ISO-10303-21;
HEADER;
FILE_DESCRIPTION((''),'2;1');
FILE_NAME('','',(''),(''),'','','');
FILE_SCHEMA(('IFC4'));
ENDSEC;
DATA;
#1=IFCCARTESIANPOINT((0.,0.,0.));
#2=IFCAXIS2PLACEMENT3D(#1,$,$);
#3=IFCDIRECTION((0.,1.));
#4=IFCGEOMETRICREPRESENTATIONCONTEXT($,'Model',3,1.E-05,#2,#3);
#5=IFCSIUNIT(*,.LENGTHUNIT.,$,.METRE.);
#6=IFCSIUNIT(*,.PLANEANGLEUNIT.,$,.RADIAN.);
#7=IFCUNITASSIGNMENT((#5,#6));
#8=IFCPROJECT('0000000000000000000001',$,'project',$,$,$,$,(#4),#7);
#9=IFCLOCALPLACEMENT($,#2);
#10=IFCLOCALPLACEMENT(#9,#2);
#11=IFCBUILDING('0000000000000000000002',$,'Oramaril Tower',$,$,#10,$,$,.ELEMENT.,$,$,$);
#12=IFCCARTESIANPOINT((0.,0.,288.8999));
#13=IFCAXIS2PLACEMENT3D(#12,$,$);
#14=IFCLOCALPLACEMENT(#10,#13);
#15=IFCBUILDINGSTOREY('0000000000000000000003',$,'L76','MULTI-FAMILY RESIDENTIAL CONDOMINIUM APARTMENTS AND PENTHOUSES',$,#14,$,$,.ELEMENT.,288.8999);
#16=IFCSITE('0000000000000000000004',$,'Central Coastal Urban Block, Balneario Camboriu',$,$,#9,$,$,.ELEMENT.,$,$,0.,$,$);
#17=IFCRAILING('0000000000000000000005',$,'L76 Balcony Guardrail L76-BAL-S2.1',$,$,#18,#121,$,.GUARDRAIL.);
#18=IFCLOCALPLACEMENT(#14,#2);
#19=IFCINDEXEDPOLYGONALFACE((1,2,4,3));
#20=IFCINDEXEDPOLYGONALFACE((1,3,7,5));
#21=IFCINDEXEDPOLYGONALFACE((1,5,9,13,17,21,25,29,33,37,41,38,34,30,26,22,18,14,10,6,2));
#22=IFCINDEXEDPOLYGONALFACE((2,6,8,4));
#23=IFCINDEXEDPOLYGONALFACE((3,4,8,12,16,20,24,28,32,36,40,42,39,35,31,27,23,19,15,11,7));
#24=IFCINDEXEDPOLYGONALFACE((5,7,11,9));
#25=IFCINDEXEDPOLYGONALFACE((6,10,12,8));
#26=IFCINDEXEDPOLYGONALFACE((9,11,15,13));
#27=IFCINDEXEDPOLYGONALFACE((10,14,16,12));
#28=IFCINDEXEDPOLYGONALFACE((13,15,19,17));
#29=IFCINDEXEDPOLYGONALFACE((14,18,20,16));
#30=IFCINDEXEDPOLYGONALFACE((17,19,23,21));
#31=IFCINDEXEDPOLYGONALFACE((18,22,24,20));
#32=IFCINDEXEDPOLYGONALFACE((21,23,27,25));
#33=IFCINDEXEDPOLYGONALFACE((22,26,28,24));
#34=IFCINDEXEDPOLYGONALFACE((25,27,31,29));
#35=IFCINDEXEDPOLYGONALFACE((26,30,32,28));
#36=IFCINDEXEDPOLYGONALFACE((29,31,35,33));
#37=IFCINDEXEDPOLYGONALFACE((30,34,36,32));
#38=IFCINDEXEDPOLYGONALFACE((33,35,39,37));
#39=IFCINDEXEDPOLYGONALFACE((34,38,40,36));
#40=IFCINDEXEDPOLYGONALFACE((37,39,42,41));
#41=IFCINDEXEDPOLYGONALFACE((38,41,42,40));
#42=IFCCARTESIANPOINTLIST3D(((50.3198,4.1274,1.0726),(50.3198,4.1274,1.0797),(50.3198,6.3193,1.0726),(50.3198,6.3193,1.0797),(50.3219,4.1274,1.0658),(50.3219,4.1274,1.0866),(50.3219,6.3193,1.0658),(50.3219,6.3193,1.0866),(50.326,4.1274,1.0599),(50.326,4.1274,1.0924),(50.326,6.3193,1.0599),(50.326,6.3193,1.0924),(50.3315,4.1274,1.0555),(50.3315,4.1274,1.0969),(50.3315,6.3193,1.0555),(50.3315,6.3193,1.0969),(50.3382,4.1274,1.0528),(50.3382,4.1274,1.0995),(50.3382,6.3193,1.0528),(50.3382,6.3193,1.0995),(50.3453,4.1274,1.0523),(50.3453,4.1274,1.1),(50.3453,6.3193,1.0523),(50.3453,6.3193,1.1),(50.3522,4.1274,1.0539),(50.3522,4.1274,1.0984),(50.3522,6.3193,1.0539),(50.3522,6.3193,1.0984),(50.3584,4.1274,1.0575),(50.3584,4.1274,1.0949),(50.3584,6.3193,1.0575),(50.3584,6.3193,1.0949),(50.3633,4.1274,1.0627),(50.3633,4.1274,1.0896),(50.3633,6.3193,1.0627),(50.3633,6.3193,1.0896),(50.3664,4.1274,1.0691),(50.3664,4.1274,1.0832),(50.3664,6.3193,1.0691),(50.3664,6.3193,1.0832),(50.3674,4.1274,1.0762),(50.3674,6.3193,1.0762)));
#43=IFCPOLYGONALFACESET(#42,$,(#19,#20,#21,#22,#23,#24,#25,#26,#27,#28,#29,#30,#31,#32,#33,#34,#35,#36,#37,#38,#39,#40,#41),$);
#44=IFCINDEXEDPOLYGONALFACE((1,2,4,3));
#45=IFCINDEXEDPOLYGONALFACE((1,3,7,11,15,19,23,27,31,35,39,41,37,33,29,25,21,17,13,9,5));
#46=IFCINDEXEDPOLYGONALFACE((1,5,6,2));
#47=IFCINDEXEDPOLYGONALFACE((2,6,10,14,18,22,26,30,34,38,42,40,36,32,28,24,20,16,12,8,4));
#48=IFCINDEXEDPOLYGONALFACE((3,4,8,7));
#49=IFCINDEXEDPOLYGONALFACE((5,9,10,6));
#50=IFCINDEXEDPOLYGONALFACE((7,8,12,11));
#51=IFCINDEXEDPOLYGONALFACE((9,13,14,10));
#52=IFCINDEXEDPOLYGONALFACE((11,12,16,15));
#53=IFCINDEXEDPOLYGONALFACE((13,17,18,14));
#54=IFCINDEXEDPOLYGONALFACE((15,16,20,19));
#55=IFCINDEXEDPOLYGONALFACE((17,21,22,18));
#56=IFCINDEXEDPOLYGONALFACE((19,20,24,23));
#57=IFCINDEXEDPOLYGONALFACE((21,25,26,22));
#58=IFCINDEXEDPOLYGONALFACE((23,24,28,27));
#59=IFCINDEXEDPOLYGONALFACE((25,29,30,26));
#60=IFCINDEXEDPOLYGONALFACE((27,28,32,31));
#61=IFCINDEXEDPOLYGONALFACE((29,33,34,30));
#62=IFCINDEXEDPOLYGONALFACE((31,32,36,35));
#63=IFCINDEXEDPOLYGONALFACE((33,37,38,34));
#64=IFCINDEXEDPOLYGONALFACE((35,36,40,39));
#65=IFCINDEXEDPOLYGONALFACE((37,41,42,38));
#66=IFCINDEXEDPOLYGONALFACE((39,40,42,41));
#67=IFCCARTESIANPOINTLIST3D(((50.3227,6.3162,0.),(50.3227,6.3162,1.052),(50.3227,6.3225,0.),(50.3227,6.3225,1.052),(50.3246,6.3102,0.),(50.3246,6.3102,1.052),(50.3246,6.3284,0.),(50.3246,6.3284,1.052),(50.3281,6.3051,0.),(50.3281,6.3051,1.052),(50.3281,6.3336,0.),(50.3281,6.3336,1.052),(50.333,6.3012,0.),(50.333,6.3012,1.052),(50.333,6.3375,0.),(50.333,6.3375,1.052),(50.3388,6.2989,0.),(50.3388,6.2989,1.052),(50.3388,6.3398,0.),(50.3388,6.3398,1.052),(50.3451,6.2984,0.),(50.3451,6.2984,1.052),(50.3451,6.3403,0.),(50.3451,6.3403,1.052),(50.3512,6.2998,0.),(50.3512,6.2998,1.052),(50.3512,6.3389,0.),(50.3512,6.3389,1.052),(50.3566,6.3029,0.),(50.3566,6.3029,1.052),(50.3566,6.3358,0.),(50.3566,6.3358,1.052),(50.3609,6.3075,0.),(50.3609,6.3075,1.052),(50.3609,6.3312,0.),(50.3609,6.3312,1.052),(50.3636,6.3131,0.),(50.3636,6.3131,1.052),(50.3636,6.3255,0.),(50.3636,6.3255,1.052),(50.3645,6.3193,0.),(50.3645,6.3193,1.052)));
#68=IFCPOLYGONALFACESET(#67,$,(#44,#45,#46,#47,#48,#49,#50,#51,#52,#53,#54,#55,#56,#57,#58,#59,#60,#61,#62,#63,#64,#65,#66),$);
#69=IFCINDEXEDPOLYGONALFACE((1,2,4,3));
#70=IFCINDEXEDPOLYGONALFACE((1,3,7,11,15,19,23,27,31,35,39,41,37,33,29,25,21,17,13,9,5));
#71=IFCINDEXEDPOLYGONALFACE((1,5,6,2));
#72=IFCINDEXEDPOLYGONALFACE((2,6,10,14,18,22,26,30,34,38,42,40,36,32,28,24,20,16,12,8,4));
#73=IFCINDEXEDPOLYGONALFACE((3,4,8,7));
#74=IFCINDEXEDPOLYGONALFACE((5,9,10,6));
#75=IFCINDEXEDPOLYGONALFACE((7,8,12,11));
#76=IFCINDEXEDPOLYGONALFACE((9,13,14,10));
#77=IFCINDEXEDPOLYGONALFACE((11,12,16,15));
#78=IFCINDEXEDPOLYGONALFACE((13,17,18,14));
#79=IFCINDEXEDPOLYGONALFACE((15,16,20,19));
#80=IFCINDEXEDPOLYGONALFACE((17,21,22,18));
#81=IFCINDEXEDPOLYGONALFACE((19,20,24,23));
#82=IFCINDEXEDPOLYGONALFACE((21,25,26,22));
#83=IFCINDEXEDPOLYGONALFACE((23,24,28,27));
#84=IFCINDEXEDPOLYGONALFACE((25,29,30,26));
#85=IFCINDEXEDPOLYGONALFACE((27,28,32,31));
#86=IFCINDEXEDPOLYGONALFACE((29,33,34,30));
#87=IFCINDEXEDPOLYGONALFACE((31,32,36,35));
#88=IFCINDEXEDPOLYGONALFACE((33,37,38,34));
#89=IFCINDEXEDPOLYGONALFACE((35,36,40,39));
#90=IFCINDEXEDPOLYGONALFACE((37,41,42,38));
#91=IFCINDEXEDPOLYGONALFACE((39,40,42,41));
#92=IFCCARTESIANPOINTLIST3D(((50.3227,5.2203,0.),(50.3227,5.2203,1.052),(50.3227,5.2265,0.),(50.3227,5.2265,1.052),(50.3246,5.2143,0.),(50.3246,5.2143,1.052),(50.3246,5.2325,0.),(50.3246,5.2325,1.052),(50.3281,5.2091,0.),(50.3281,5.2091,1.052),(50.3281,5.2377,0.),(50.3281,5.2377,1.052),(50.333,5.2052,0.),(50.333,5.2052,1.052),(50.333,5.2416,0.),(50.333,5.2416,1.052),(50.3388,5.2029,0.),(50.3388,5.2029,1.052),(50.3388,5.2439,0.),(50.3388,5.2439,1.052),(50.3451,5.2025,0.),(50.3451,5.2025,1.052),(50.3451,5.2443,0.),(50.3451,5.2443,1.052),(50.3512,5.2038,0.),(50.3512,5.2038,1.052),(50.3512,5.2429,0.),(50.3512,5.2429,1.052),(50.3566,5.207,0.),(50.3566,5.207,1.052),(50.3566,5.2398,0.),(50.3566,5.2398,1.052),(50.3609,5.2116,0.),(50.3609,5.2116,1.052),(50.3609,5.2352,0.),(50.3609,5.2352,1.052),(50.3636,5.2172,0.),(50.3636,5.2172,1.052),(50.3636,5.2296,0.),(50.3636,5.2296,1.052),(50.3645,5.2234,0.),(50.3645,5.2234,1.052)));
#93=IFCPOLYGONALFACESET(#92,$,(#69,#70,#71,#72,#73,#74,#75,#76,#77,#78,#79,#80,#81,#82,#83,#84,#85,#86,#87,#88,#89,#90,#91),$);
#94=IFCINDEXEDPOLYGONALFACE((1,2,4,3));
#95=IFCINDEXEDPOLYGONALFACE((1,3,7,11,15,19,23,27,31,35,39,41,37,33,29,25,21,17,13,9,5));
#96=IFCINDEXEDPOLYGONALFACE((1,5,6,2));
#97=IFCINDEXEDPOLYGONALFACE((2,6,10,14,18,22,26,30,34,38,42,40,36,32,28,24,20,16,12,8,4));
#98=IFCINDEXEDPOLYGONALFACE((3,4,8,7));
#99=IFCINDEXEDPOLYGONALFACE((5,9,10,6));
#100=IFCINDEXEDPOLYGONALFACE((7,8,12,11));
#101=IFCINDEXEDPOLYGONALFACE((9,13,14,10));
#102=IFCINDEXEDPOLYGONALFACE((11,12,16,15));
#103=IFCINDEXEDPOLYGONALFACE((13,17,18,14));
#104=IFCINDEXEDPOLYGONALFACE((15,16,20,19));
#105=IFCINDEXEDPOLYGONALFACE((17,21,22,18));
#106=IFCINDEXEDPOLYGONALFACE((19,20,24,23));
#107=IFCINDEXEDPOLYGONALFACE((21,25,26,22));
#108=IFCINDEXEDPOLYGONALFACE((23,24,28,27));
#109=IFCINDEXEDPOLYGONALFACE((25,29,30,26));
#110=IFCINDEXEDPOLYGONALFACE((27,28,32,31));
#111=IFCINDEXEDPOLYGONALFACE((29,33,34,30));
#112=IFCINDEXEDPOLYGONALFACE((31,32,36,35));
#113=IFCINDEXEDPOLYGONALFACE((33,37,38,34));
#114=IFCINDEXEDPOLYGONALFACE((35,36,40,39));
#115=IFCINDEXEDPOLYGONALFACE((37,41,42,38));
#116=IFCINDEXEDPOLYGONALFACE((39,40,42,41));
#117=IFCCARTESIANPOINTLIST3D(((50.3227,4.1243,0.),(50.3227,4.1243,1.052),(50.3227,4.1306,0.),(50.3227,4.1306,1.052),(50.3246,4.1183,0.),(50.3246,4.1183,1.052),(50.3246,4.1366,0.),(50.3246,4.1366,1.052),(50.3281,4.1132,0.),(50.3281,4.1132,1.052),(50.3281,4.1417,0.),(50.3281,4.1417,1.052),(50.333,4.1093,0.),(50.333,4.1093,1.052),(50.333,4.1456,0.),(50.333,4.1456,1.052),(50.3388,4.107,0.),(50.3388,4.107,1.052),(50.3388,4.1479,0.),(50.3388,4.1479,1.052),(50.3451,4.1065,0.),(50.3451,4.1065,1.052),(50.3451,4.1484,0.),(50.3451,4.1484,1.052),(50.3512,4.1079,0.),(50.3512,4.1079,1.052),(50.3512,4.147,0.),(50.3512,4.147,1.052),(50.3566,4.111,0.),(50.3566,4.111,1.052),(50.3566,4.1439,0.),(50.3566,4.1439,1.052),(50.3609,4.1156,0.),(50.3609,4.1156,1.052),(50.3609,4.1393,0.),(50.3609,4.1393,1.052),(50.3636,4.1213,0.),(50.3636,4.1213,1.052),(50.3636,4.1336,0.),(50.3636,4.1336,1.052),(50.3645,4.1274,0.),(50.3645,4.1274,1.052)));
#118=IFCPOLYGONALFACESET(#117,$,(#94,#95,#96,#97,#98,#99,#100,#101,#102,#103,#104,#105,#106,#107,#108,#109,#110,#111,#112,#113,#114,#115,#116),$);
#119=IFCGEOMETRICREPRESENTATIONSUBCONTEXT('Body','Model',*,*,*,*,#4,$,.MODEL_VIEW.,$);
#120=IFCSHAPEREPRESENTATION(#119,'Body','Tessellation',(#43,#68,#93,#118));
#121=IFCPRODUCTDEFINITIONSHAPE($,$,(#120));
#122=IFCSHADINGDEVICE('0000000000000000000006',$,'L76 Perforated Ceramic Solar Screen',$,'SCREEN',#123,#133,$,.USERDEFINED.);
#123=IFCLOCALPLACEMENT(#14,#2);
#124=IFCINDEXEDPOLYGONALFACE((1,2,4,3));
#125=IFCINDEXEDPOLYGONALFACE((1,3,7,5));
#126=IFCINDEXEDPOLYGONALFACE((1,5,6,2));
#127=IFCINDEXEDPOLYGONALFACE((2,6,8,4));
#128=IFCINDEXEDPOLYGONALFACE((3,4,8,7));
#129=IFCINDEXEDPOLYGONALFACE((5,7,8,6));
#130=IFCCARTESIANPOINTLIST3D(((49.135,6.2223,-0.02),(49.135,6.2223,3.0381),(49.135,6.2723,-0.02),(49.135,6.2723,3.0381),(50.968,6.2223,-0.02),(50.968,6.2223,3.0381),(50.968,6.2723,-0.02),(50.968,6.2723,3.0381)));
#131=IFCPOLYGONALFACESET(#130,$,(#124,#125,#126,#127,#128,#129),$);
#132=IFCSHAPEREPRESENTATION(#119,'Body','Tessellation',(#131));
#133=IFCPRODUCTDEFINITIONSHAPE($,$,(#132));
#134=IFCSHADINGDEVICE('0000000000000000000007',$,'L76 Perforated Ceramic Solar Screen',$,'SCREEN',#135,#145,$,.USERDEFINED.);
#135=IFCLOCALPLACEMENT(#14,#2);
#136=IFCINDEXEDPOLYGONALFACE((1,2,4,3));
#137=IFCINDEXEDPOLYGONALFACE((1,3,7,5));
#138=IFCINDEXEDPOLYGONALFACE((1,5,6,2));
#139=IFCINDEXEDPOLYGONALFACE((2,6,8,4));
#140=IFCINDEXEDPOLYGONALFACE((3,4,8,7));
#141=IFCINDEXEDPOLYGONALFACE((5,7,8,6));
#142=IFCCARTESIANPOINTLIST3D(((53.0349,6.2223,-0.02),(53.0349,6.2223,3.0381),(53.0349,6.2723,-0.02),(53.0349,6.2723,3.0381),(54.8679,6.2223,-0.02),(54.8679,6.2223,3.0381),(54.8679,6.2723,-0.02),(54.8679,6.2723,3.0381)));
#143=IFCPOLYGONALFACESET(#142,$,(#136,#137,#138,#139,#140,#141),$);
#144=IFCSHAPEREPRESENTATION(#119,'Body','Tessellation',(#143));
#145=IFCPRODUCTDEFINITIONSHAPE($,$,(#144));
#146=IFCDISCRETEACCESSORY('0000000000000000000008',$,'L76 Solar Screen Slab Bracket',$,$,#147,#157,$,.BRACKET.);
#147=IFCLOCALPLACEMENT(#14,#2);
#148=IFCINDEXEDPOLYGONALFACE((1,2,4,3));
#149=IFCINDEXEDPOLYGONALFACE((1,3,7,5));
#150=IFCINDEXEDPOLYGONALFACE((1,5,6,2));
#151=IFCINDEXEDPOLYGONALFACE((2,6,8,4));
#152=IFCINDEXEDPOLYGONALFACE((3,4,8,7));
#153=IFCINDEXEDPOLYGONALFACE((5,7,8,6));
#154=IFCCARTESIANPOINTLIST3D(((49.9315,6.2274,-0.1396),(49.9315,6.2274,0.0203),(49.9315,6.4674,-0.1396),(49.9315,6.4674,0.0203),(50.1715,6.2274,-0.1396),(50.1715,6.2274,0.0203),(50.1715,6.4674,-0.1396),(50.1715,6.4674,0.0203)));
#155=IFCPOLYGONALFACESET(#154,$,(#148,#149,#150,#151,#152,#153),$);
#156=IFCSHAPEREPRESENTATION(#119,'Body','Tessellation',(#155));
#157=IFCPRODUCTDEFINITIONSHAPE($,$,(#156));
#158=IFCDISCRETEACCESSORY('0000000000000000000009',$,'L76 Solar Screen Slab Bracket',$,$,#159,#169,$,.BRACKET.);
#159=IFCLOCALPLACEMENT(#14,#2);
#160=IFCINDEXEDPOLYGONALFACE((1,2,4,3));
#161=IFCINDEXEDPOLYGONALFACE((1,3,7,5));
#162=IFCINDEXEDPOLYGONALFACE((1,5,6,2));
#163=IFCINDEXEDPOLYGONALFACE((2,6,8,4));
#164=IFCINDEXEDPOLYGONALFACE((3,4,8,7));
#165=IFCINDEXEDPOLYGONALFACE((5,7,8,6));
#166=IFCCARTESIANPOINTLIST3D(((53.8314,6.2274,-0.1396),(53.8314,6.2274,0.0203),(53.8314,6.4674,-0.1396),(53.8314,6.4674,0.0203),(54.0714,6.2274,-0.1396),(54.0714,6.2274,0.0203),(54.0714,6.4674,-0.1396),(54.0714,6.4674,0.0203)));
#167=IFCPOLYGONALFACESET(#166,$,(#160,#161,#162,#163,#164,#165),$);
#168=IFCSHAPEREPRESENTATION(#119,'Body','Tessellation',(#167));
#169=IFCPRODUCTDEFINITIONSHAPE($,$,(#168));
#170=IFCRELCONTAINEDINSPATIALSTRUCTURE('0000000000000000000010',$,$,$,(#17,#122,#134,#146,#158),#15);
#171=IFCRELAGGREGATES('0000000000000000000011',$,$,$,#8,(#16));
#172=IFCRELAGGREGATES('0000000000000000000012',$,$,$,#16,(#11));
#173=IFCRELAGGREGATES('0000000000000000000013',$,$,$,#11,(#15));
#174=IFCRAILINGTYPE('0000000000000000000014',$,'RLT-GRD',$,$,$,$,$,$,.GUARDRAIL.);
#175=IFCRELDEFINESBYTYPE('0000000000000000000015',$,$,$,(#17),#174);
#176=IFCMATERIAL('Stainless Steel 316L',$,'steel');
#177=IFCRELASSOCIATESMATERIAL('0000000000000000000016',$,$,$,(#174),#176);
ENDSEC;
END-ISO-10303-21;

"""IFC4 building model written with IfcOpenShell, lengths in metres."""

from ifc_helpers import new_model, si_unit, direction, frame, origin, origin_2d, place, context, subcontext, project, spatial, rectangle, circle, extrude, material, type_object, element, save


model = new_model("IFC4")

# Units and contexts
model_context = context("Model", 3, precision=1e-05, world=origin(), true_north=direction((0.0, 1.0)))
body_context = subcontext(model_context, "Body", "Model", "MODEL_VIEW")
ifc_project = project(units=[si_unit("LENGTHUNIT", "METRE"), si_unit("PLANEANGLEUNIT", "RADIAN")], contexts=[model_context])

# Site, building, storey
site_placement = place(None, origin())
site = spatial("IfcSite", under=ifc_project, at=site_placement, Name="Central Coastal Urban Block, Balneario Camboriu", CompositionType="ELEMENT", RefElevation=0.0)
building_placement = place(site_placement, origin())
building = spatial("IfcBuilding", under=site, at=building_placement, Name="Oramaril Tower", CompositionType="ELEMENT")
storey_placement = place(building_placement, frame((0.0, 0.0, 288.8999)))
storey = spatial("IfcBuildingStorey", under=building, at=storey_placement, Name="L76", Description="MULTI-FAMILY RESIDENTIAL CONDOMINIUM APARTMENTS AND PENTHOUSES", CompositionType="ELEMENT", Elevation=288.8999)

# Railing
ifc_material_1 = material(Name="Stainless Steel 316L", Category="steel")
railing_type = type_object("IfcRailingType", Name="RLT-GRD", PredefinedType="GUARDRAIL", material=ifc_material_1)
railing_1_placement = place(storey_placement, frame((50.3435, 6.3193, 0.0)))
element("IfcRailing", 1, at=railing_1_placement, inside=storey, type_object=railing_type, Name="L76 Balcony Guardrail L76-BAL-S2.1", PredefinedType="GUARDRAIL", context=body_context, shape_type="SweptSolid", body=[
    extrude(circle(Radius=0.0239, at=origin_2d()), frame((0.0, 0.0, 1.0762), z_axis=(0.0, -1.0, 0.0), x_axis=(1.0, 0.0, 0.0)), (0.0, 0.0, 1.0), 2.1919),
    extrude(circle(Radius=0.021, at=origin_2d()), origin(), (0.0, 0.0, 1.0), 1.052),
    extrude(circle(Radius=0.021, at=origin_2d()), frame((0.0, -1.0959, 0.0)), (0.0, 0.0, 1.0), 1.052),
    extrude(circle(Radius=0.021, at=origin_2d()), frame((0.0, -2.1919, 0.0)), (0.0, 0.0, 1.0), 1.052),
])

# Shading devices
for number, where, z_axis, x_axis, name in (
    (2, (50.0515, 6.2473, -0.02), (0.0, 0.0, 1.0), (1.0, 0.0, 0.0), "L76 Perforated Ceramic Solar Screen"),
    (3, (53.9514, 6.2473, -0.02), (0.0, 0.0, 1.0), (1.0, 0.0, 0.0), "L76 Perforated Ceramic Solar Screen"),
):
    element("IfcShadingDevice", number, at=place(storey_placement, frame(where, z_axis=z_axis, x_axis=x_axis)), inside=storey, Name=name, ObjectType="SCREEN", PredefinedType="USERDEFINED", context=body_context, shape_type="SweptSolid", body=[
        extrude(rectangle(XDim=1.833, YDim=0.05, at=origin_2d()), origin(), (0.0, 0.0, 1.0), 3.0581),
    ])

# Discrete accessories
for number, where, z_axis, x_axis, name in (
    (4, (50.0515, 6.3474, -0.1396), (0.0, 0.0, 1.0), (1.0, 0.0, 0.0), "L76 Solar Screen Slab Bracket"),
    (5, (53.9514, 6.3474, -0.1396), (0.0, 0.0, 1.0), (1.0, 0.0, 0.0), "L76 Solar Screen Slab Bracket"),
):
    element("IfcDiscreteAccessory", number, at=place(storey_placement, frame(where, z_axis=z_axis, x_axis=x_axis)), inside=storey, Name=name, PredefinedType="BRACKET", context=body_context, shape_type="SweptSolid", body=[
        extrude(rectangle(XDim=0.24, YDim=0.24, at=origin_2d()), origin(), (0.0, 0.0, 1.0), 0.1599),
    ])

save(model, "model.ifc")
